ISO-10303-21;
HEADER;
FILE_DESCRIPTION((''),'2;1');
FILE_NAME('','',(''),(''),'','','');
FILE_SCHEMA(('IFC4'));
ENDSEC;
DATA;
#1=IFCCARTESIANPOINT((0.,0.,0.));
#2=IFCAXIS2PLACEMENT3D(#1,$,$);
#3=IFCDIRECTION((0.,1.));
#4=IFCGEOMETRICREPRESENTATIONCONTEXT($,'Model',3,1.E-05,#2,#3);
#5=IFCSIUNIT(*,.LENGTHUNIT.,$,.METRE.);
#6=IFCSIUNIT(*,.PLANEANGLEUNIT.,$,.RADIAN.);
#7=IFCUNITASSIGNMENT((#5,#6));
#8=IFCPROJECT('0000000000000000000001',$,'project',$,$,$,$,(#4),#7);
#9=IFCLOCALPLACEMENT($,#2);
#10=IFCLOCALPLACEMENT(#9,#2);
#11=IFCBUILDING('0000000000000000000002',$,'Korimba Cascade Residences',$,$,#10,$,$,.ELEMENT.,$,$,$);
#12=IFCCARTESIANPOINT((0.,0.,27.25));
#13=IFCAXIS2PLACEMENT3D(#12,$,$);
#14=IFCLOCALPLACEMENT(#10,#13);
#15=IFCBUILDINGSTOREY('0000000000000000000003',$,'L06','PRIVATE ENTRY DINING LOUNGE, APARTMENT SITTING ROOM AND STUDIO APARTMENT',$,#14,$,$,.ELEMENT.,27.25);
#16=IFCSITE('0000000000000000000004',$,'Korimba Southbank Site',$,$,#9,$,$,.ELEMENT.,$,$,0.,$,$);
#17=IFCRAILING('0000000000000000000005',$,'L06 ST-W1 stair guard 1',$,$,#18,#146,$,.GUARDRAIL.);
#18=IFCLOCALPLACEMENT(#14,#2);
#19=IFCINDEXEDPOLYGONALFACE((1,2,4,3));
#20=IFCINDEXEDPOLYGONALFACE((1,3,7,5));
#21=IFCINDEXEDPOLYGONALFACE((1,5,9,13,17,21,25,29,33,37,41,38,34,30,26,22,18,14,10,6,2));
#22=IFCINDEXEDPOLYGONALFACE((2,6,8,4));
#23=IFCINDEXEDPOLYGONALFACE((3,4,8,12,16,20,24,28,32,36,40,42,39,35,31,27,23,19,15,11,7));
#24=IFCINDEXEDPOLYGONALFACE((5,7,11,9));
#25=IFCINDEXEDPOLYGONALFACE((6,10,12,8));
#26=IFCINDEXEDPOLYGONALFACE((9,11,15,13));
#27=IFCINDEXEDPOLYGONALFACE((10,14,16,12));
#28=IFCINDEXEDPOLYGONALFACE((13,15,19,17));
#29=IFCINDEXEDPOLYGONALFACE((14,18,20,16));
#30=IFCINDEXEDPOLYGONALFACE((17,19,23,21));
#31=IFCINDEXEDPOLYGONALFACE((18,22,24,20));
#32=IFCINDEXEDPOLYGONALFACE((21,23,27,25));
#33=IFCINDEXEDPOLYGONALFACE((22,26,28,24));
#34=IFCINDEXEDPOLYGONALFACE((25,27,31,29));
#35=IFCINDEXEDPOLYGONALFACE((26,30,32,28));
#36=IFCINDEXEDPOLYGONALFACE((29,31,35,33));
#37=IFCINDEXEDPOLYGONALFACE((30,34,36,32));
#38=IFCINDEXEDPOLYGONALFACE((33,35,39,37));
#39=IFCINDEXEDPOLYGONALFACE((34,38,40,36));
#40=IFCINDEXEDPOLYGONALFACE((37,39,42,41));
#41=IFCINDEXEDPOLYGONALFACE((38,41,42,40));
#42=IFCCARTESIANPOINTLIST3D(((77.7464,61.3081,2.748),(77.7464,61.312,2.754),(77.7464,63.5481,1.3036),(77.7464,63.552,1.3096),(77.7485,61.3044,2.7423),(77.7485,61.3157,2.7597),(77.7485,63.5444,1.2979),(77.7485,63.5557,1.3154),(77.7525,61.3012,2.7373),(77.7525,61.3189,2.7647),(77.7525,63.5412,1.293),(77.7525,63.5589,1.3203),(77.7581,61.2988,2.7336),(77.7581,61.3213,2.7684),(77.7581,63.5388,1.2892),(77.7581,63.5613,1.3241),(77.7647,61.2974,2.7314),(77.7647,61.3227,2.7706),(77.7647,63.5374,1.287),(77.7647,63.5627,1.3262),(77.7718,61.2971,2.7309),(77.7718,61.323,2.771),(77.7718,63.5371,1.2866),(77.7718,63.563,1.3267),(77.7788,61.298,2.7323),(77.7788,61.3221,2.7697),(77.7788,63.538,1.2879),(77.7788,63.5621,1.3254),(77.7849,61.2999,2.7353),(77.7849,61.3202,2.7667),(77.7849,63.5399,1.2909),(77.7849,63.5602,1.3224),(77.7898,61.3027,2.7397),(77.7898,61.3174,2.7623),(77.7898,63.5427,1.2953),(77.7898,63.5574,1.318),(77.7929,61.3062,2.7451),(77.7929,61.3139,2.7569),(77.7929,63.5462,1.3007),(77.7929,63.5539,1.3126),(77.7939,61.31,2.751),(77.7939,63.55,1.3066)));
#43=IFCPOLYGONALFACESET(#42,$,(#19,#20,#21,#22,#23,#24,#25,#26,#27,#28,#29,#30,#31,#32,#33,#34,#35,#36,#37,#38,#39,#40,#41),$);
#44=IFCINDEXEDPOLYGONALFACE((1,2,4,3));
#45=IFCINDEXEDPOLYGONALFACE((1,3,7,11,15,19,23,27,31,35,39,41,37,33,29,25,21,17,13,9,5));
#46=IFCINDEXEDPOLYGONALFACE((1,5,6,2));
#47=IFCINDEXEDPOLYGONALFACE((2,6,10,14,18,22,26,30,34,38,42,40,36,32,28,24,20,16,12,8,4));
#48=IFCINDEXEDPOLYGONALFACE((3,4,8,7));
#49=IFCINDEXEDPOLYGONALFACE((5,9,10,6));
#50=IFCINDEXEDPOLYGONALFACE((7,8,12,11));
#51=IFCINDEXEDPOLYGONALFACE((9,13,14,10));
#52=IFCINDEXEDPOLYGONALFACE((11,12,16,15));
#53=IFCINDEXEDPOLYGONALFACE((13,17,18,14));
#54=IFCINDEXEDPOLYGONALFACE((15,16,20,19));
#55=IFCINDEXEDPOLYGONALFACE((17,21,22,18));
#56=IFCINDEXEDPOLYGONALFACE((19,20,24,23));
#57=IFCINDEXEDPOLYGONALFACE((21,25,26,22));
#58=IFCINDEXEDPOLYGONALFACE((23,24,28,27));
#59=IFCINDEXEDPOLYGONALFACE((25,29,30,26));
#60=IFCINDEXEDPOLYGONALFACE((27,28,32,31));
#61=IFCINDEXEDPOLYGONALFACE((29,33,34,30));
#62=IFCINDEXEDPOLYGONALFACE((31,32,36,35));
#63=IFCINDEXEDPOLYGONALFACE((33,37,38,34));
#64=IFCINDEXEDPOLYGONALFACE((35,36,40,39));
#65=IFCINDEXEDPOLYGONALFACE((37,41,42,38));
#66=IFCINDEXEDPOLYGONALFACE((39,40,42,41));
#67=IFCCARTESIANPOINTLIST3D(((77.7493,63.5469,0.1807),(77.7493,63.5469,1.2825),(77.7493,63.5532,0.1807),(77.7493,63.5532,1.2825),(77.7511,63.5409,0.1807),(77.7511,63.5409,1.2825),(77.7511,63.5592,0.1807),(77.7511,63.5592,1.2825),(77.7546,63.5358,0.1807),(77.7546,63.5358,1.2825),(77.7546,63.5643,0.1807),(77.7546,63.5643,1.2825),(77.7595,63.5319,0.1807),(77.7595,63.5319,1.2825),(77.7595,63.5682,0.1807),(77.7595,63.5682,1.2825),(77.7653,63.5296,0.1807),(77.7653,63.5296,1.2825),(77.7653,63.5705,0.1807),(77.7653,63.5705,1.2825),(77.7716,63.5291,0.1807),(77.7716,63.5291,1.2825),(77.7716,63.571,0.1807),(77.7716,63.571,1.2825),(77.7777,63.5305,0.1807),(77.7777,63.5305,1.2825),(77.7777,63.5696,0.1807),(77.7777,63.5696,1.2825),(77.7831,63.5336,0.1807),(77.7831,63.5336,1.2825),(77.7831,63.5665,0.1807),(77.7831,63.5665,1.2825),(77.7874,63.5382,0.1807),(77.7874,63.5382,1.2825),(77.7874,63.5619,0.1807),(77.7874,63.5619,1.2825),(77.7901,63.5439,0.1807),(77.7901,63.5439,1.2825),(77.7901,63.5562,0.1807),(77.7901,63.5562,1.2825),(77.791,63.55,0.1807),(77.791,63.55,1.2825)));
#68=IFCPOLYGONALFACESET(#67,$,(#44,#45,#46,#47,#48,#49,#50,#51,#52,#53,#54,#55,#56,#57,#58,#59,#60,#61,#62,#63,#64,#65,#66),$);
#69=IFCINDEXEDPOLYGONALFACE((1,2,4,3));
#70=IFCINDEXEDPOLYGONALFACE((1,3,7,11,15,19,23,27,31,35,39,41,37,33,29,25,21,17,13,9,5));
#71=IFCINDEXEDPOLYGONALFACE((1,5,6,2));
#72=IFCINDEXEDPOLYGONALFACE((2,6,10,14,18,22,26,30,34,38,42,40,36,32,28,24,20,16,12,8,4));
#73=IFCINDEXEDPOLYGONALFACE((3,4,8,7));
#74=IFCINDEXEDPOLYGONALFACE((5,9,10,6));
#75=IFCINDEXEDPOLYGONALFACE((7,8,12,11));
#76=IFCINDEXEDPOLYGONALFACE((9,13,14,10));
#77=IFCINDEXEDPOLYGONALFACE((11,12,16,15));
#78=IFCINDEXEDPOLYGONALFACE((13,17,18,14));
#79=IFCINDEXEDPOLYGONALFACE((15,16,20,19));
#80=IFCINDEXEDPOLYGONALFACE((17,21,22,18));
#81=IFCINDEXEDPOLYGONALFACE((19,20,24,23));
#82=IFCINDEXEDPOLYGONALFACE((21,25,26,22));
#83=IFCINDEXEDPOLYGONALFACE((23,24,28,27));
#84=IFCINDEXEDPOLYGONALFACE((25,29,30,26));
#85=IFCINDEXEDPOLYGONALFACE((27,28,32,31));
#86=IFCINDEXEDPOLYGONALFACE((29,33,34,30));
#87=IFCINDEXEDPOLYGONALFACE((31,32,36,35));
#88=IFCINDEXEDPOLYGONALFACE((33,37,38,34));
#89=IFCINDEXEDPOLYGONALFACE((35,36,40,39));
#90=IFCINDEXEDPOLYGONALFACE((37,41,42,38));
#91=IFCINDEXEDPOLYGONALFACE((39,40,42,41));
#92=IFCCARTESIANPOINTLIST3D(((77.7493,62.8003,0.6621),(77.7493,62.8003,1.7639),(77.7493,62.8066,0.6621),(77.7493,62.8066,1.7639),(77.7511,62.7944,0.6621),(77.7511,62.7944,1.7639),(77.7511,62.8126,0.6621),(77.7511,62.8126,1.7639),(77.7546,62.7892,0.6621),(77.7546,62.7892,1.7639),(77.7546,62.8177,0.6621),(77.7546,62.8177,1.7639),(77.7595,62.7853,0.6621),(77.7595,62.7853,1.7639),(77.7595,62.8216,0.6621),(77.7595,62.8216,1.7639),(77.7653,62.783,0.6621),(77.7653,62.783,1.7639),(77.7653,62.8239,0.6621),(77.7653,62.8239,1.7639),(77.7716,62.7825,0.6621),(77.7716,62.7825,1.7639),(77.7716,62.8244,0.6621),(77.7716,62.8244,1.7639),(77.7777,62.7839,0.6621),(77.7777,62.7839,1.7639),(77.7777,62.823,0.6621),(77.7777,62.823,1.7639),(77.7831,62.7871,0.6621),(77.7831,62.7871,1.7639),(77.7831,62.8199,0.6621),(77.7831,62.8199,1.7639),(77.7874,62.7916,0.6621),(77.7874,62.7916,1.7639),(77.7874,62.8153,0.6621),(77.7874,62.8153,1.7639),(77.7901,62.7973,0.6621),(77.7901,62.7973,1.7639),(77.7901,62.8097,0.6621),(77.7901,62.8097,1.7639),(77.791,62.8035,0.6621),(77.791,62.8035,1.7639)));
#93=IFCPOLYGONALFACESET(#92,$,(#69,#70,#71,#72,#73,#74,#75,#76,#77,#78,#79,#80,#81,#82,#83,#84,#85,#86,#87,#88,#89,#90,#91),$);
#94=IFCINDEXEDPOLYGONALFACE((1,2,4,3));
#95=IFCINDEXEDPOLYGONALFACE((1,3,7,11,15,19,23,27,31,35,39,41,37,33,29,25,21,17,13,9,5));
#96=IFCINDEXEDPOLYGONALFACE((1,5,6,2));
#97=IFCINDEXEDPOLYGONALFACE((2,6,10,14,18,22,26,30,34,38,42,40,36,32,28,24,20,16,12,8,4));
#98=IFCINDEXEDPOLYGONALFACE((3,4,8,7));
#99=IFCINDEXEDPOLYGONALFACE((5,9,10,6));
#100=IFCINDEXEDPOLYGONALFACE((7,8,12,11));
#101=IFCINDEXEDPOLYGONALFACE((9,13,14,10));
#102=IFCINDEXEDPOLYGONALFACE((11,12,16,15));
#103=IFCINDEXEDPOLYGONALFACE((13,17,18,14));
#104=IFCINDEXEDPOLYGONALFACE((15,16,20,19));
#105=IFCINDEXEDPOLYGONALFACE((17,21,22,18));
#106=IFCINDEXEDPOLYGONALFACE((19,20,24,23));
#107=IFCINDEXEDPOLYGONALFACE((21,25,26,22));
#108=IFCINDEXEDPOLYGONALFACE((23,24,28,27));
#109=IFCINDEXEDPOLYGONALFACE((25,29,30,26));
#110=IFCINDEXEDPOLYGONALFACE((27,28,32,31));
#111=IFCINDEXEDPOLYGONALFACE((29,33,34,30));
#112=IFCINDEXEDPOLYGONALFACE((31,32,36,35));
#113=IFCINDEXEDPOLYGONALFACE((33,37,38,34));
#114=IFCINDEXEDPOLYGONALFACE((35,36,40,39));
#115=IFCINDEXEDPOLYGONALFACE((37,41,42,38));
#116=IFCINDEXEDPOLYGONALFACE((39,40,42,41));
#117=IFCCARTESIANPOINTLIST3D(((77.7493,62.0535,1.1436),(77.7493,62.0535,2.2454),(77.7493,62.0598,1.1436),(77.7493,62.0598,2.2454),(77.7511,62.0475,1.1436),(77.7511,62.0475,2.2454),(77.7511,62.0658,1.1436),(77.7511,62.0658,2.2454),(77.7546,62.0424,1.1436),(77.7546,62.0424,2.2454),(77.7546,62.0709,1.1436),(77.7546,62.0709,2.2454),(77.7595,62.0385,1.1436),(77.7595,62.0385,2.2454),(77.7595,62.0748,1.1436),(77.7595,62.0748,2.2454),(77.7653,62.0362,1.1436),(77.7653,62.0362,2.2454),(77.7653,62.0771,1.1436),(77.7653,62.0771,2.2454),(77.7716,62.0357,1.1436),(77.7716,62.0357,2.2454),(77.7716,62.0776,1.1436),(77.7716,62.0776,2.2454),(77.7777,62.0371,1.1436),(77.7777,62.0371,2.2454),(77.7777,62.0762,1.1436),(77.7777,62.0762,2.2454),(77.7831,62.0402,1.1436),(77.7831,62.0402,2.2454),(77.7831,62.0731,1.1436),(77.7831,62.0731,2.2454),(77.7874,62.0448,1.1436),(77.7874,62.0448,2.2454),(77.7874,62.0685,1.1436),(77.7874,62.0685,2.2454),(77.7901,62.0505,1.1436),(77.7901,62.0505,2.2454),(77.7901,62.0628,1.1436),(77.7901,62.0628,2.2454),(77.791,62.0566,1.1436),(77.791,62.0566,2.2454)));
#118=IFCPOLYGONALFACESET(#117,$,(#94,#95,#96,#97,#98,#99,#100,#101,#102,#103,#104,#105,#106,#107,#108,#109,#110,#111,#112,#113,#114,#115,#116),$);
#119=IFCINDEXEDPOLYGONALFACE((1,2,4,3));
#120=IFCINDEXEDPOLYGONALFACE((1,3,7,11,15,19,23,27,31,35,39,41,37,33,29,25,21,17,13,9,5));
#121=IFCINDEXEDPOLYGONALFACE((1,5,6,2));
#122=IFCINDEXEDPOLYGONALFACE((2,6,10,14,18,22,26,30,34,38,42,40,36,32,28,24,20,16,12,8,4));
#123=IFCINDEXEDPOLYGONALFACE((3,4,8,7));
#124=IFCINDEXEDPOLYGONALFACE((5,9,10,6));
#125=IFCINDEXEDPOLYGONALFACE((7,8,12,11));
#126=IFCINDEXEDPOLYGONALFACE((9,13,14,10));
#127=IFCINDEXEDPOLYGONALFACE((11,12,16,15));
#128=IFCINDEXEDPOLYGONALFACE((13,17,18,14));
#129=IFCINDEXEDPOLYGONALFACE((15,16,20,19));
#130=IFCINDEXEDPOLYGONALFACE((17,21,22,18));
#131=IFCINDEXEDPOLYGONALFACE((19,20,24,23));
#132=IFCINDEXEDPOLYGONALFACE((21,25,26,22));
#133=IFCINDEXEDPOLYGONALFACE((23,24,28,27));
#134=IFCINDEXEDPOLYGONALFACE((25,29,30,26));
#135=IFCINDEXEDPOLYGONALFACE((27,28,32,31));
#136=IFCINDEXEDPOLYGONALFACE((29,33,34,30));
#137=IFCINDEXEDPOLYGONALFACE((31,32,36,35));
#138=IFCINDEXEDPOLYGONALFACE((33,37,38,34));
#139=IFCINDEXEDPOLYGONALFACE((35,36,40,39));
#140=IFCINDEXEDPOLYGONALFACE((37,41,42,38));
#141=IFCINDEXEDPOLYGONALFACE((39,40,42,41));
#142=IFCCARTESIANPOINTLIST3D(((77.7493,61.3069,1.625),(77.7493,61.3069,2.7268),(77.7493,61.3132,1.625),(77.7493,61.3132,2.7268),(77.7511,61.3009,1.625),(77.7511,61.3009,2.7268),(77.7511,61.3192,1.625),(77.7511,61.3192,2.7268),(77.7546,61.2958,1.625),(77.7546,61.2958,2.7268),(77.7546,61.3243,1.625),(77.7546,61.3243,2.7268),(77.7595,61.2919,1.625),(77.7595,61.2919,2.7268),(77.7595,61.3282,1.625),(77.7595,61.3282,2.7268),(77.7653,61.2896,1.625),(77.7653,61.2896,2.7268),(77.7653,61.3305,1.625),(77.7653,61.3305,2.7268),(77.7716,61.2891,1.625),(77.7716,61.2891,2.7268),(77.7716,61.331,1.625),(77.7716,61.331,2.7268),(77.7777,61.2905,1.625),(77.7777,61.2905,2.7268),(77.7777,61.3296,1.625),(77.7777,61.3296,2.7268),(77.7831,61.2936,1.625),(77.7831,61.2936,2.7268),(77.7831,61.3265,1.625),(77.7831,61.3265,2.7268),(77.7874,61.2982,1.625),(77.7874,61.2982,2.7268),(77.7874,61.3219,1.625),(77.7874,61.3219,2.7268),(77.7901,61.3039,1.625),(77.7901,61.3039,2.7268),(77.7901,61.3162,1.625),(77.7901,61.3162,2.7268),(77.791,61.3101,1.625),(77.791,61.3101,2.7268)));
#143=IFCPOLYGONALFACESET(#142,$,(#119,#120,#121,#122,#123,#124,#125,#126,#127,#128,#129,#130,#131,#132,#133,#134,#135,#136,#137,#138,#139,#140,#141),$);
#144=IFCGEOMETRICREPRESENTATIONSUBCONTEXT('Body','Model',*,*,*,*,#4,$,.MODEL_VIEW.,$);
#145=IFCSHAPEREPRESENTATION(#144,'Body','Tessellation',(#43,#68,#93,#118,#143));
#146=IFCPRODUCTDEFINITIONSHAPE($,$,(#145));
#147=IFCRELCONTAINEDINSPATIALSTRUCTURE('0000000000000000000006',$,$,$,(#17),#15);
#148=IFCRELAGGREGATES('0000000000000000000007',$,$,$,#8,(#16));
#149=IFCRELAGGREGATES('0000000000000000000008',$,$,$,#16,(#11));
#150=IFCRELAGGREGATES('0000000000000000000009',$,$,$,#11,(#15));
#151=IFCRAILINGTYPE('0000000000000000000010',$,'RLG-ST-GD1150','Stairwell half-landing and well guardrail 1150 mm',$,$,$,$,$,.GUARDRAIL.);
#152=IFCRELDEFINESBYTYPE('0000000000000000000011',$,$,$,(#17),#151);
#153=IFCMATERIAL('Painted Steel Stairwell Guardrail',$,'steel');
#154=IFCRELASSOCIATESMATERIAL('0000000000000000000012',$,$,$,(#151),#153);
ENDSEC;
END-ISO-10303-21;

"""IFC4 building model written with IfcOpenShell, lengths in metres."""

from ifc_helpers import new_model, si_unit, direction, frame, origin, origin_2d, place, context, subcontext, project, spatial, circle, extrude, material, type_object, element, save


model = new_model("IFC4")

# Units and contexts
model_context = context("Model", 3, precision=1e-05, world=origin(), true_north=direction((0.0, 1.0)))
body_context = subcontext(model_context, "Body", "Model", "MODEL_VIEW")
ifc_project = project(units=[si_unit("LENGTHUNIT", "METRE"), si_unit("PLANEANGLEUNIT", "RADIAN")], contexts=[model_context])

# Site, building, storey
site_placement = place(None, origin())
site = spatial("IfcSite", under=ifc_project, at=site_placement, Name="Korimba Southbank Site", CompositionType="ELEMENT", RefElevation=0.0)
building_placement = place(site_placement, origin())
building = spatial("IfcBuilding", under=site, at=building_placement, Name="Korimba Cascade Residences", CompositionType="ELEMENT")
storey_placement = place(building_placement, frame((0.0, 0.0, 27.25)))
storey = spatial("IfcBuildingStorey", under=building, at=storey_placement, Name="L06", Description="PRIVATE ENTRY DINING LOUNGE, APARTMENT SITTING ROOM AND STUDIO APARTMENT", CompositionType="ELEMENT", Elevation=27.25)

# Railing
ifc_material_1 = material(Name="Painted Steel Stairwell Guardrail", Category="steel")
railing_type_1 = type_object("IfcRailingType", Name="RLG-ST-GD1150", Description="Stairwell half-landing and well guardrail 1150 mm", PredefinedType="GUARDRAIL", material=ifc_material_1)
railing_1_placement = place(storey_placement, frame((77.77, 63.55, 0.1807)))
element("IfcRailing", 1, at=railing_1_placement, inside=storey, type_object=railing_type_1, Name="L06 ST-W1 stair guard 1", PredefinedType="GUARDRAIL", context=body_context, shape_type="SweptSolid", body=[
    extrude(circle(Radius=0.0239, at=origin_2d()), frame((0.0, 0.0, 1.126), z_axis=(0.0, -0.840437, 0.54191), x_axis=(1.0, 0.0, 0.0)), (0.0, 0.0, 1.0), 2.6653),
    extrude(circle(Radius=0.021, at=origin_2d()), origin(), (0.0, 0.0, 1.0), 1.1018),
    extrude(circle(Radius=0.021, at=origin_2d()), frame((0.0, -0.7466, 0.4814)), (0.0, 0.0, 1.0), 1.1018),
    extrude(circle(Radius=0.021, at=origin_2d()), frame((0.0, -1.4934, 0.9629)), (0.0, 0.0, 1.0), 1.1018),
    extrude(circle(Radius=0.021, at=origin_2d()), frame((0.0, -2.24, 1.4443)), (0.0, 0.0, 1.0), 1.1018),
])

save(model, "model.ifc")
